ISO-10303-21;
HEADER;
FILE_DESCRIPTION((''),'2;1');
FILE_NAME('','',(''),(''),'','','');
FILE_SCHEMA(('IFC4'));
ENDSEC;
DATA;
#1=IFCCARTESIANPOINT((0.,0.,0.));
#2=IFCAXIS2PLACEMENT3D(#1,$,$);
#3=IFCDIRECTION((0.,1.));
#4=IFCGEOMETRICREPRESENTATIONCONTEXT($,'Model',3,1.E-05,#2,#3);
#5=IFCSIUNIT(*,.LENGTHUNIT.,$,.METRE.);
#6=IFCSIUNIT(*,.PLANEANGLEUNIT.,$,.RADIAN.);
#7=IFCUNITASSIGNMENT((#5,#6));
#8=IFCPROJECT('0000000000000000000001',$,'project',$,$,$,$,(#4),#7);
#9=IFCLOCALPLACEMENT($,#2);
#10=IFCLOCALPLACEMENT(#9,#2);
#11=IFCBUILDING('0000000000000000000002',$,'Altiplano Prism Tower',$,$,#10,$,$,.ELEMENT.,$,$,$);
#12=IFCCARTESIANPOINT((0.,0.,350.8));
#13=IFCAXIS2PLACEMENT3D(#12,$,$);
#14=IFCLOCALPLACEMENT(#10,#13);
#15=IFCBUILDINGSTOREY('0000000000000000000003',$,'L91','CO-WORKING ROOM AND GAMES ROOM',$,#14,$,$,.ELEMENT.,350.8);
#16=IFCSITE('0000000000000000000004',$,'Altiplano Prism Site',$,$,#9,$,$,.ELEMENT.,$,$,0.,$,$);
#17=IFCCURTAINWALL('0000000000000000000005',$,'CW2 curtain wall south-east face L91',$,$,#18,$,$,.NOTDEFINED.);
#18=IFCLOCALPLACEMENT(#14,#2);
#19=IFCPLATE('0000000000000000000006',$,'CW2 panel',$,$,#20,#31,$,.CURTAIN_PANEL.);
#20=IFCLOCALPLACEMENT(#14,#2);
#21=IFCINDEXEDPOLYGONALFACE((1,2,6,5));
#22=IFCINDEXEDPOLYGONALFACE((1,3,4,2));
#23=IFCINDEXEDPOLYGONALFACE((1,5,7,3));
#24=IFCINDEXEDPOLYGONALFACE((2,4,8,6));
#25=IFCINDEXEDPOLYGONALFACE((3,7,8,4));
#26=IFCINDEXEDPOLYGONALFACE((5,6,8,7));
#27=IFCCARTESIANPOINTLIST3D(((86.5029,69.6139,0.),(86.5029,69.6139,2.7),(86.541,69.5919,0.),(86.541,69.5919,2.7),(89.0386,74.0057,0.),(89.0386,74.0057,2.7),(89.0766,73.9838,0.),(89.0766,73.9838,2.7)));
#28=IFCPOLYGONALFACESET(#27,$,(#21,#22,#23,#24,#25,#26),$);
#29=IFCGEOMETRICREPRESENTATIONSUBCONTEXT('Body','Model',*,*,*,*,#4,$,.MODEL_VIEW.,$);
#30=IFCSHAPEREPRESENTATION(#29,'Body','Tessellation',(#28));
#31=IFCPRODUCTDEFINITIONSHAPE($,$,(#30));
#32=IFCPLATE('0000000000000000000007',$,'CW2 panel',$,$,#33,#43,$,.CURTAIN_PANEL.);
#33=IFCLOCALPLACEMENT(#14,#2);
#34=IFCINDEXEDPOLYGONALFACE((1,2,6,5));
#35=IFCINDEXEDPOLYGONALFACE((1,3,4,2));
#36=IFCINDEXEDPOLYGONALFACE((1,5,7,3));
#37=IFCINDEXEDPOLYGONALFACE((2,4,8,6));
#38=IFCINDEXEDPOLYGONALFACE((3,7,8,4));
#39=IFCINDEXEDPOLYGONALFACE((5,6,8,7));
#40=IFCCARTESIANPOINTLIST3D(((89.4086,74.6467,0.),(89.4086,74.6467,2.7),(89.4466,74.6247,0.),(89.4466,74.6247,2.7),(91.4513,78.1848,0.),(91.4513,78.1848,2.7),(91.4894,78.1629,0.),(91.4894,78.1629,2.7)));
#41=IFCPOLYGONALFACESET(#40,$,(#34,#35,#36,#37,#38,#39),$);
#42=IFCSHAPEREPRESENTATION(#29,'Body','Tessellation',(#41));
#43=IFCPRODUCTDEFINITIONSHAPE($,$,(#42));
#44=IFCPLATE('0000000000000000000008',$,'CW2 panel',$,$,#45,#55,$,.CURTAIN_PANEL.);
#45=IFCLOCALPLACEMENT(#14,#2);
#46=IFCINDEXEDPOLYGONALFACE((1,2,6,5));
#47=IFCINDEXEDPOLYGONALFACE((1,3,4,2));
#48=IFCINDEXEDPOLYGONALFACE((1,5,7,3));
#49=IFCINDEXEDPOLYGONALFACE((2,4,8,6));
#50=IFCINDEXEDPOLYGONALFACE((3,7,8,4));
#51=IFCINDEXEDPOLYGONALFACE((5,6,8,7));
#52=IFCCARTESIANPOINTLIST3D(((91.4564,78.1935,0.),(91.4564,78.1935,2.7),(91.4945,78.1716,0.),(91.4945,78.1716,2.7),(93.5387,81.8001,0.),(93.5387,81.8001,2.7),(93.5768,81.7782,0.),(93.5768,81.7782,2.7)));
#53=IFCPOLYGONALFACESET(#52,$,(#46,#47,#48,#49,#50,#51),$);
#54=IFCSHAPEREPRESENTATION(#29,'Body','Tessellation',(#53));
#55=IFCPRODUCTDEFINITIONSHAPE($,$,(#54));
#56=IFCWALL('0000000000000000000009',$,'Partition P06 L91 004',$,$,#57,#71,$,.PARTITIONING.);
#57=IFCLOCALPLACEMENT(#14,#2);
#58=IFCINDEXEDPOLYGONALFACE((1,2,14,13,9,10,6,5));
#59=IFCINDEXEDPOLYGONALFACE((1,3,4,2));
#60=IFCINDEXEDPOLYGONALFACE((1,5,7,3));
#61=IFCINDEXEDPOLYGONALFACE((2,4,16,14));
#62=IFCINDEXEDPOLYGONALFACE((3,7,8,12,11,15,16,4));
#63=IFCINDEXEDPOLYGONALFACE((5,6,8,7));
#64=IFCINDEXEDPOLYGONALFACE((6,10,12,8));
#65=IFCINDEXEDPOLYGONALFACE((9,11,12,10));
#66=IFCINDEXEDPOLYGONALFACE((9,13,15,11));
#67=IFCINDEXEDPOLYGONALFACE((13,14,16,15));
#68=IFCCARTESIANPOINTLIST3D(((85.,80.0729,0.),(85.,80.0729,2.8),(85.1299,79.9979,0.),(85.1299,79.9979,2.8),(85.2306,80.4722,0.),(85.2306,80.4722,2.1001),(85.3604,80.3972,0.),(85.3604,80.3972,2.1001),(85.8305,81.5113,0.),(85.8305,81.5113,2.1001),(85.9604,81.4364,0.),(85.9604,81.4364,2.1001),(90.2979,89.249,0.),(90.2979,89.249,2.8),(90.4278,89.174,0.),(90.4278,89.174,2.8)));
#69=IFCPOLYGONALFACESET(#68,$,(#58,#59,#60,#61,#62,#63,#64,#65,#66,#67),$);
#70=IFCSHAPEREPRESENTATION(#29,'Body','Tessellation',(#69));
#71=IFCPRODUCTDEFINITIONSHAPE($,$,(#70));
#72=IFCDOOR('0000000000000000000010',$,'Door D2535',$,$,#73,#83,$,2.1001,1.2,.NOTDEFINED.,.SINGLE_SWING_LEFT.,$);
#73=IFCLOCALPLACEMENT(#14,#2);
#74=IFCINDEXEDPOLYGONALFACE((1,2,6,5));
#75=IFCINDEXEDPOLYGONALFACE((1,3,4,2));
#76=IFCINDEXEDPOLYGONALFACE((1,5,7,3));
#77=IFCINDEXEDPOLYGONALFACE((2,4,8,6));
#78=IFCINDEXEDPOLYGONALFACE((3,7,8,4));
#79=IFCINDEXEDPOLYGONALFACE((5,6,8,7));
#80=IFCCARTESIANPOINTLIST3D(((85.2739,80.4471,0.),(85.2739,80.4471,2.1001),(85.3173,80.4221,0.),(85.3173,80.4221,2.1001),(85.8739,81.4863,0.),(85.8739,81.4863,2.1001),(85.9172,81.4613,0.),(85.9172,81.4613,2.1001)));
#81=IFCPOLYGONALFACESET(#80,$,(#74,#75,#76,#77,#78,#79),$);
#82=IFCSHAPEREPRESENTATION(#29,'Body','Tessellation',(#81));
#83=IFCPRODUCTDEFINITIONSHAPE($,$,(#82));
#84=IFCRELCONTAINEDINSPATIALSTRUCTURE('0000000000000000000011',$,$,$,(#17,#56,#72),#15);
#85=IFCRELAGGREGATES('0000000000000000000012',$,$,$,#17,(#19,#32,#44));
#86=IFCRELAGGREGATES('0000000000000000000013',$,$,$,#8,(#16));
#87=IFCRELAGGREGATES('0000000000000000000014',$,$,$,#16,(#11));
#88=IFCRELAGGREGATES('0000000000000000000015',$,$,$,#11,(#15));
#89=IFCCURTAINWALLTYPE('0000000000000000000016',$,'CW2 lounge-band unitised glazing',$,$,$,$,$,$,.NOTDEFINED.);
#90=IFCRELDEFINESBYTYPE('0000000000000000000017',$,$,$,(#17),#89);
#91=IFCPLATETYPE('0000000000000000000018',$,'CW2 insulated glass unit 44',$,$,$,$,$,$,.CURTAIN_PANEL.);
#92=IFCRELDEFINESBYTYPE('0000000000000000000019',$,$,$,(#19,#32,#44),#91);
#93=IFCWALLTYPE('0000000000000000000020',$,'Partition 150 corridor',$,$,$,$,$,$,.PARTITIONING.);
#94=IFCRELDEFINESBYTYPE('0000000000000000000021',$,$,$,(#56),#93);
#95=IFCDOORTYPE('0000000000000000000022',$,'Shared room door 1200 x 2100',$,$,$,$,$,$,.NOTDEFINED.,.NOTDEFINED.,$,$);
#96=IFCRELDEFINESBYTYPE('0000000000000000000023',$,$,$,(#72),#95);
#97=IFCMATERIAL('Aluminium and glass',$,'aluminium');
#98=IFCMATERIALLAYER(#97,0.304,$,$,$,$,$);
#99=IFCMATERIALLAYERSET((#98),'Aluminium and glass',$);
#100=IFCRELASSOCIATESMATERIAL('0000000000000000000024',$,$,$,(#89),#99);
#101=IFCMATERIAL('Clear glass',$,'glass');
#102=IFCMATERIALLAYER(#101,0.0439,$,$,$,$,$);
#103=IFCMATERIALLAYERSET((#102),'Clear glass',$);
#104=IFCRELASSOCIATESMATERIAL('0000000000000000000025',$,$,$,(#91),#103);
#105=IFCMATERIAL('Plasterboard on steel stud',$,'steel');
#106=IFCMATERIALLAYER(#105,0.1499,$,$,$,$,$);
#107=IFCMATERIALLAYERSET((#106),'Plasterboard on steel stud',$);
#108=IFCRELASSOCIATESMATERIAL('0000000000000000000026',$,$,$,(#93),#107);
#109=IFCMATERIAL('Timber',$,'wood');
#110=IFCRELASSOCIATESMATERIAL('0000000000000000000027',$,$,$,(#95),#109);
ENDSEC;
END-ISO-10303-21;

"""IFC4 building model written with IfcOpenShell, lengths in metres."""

from ifc_helpers import new_model, si_unit, direction, frame, frame_2d, origin, origin_2d, place, context, subcontext, project, spatial, rectangle, extrude, material, layer, layer_set, type_object, element, fill, aggregate, save


model = new_model("IFC4")

# Units and contexts
model_context = context("Model", 3, precision=1e-05, world=origin(), true_north=direction((0.0, 1.0)))
body_context = subcontext(model_context, "Body", "Model", "MODEL_VIEW")
ifc_project = project(units=[si_unit("LENGTHUNIT", "METRE"), si_unit("PLANEANGLEUNIT", "RADIAN")], contexts=[model_context])

# Site, building, storey
site_placement = place(None, origin())
site = spatial("IfcSite", under=ifc_project, at=site_placement, Name="Altiplano Prism Site", CompositionType="ELEMENT", RefElevation=0.0)
building_placement = place(site_placement, origin())
building = spatial("IfcBuilding", under=site, at=building_placement, Name="Altiplano Prism Tower", CompositionType="ELEMENT")
storey_placement = place(building_placement, frame((0.0, 0.0, 350.8)))
storey = spatial("IfcBuildingStorey", under=building, at=storey_placement, Name="L91", Description="CO-WORKING ROOM AND GAMES ROOM", CompositionType="ELEMENT", Elevation=350.8)

# Curtain wall
ifc_material_1 = material(Name="Aluminium and glass", Category="aluminium")
ifc_layer_1 = layer(ifc_material_1, 0.304)
ifc_layer_set_1 = layer_set([ifc_layer_1], Name="Aluminium and glass")
curtain_wall_type = type_object("IfcCurtainWallType", Name="CW2 lounge-band unitised glazing", PredefinedType="NOTDEFINED", material=ifc_layer_set_1)
curtain_wall_1_placement = place(storey_placement, origin())
curtain_wall_1 = element("IfcCurtainWall", 1, at=curtain_wall_1_placement, inside=storey, type_object=curtain_wall_type, Name="CW2 curtain wall south-east face L91", PredefinedType="NOTDEFINED")

# Plates
ifc_material_2 = material(Name="Clear glass", Category="glass")
ifc_layer_2 = layer(ifc_material_2, 0.0439)
ifc_layer_set_2 = layer_set([ifc_layer_2], Name="Clear glass")
plate_type = type_object("IfcPlateType", Name="CW2 insulated glass unit 44", PredefinedType="CURTAIN_PANEL", material=ifc_layer_set_2)
plate_1_placement = place(storey_placement, frame((87.7898, 71.7988, 0.0), z_axis=(0.0, 0.0, 1.0), x_axis=(0.5, 0.866025, 0.0)))
plate_1 = element("IfcPlate", 2, at=plate_1_placement, type_object=plate_type, Name="CW2 panel", PredefinedType="CURTAIN_PANEL", context=body_context, shape_type="SweptSolid", body=[
    extrude(rectangle(XDim=5.0713, YDim=0.0439, at=origin_2d()), origin(), (0.0, 0.0, 1.0), 2.7),
])
plate_2_placement = place(storey_placement, frame((90.449, 76.4048, 0.0), z_axis=(0.0, 0.0, 1.0), x_axis=(0.5, 0.866025, 0.0)))
plate_2 = element("IfcPlate", 3, at=plate_2_placement, type_object=plate_type, Name="CW2 panel", PredefinedType="CURTAIN_PANEL", context=body_context, shape_type="SweptSolid", body=[
    extrude(rectangle(XDim=4.0854, YDim=0.0439, at=origin_2d()), origin(), (0.0, 0.0, 1.0), 2.7),
])
plate_3_placement = place(storey_placement, frame((92.5166, 79.9858, 0.0), z_axis=(0.0, 0.0, 1.0), x_axis=(0.5, 0.866025, 0.0)))
plate_3 = element("IfcPlate", 4, at=plate_3_placement, type_object=plate_type, Name="CW2 panel", PredefinedType="CURTAIN_PANEL", context=body_context, shape_type="SweptSolid", body=[
    extrude(rectangle(XDim=4.1646, YDim=0.0439, at=origin_2d()), origin(), (0.0, 0.0, 1.0), 2.7),
])
aggregate(curtain_wall_1, [plate_1, plate_2, plate_3])

# Wall, opening, door
ifc_material_3 = material(Name="Plasterboard on steel stud", Category="steel")
ifc_layer_3 = layer(ifc_material_3, 0.1499)
ifc_layer_set_3 = layer_set([ifc_layer_3], Name="Plasterboard on steel stud")
wall_type = type_object("IfcWallType", Name="Partition 150 corridor", PredefinedType="PARTITIONING", material=ifc_layer_set_3)
wall_placement = place(storey_placement, frame((85.0649, 80.0354, 0.0), z_axis=(0.0, 0.0, 1.0), x_axis=(0.500005, 0.866023, 0.0)))
wall = element("IfcWall", 5, at=wall_placement, inside=storey, type_object=wall_type, Name="Partition P06 L91 004", PredefinedType="PARTITIONING", context=body_context, shape_type="SweptSolid", body=[
    extrude(rectangle(XDim=10.5957, YDim=0.1499, at=frame_2d((5.2979, 0.0))), origin(), (0.0, 0.0, 1.0), 2.8),
])
opening_placement = place(wall_placement, frame((0.4609, 0.0, 0.0)))
opening = element("IfcOpeningElement", 6, at=opening_placement, cuts=wall, PredefinedType="OPENING", context=body_context, shape_type="SweptSolid", body=[
    extrude(rectangle(XDim=1.2, YDim=2.1001, at=frame_2d((0.6001, 1.05))), frame((0.0, 0.0854, 0.0), z_axis=(0.0, -1.0, 0.0), x_axis=(1.0, 0.0, 0.0)), (0.0, 0.0, 1.0), 0.1709),
])
ifc_material_4 = material(Name="Timber", Category="wood")
door_type = type_object("IfcDoorType", Name="Shared room door 1200 x 2100", OperationType="NOTDEFINED", PredefinedType="NOTDEFINED", material=ifc_material_4)
door_placement = place(opening_placement, origin())
door = element("IfcDoor", 7, at=door_placement, inside=storey, type_object=door_type, Name="Door D2535", OperationType="SINGLE_SWING_LEFT", OverallHeight=2.1001, OverallWidth=1.2, PredefinedType="NOTDEFINED", context=body_context, shape_type="SweptSolid", body=[
    extrude(rectangle(XDim=1.2, YDim=2.1001, at=frame_2d((0.6001, 1.05))), frame((0.0, 0.0249, 0.0), z_axis=(0.0, -1.0, 0.0), x_axis=(1.0, 0.0, 0.0)), (0.0, 0.0, 1.0), 0.05),
])
fill(opening, door)

save(model, "model.ifc")
